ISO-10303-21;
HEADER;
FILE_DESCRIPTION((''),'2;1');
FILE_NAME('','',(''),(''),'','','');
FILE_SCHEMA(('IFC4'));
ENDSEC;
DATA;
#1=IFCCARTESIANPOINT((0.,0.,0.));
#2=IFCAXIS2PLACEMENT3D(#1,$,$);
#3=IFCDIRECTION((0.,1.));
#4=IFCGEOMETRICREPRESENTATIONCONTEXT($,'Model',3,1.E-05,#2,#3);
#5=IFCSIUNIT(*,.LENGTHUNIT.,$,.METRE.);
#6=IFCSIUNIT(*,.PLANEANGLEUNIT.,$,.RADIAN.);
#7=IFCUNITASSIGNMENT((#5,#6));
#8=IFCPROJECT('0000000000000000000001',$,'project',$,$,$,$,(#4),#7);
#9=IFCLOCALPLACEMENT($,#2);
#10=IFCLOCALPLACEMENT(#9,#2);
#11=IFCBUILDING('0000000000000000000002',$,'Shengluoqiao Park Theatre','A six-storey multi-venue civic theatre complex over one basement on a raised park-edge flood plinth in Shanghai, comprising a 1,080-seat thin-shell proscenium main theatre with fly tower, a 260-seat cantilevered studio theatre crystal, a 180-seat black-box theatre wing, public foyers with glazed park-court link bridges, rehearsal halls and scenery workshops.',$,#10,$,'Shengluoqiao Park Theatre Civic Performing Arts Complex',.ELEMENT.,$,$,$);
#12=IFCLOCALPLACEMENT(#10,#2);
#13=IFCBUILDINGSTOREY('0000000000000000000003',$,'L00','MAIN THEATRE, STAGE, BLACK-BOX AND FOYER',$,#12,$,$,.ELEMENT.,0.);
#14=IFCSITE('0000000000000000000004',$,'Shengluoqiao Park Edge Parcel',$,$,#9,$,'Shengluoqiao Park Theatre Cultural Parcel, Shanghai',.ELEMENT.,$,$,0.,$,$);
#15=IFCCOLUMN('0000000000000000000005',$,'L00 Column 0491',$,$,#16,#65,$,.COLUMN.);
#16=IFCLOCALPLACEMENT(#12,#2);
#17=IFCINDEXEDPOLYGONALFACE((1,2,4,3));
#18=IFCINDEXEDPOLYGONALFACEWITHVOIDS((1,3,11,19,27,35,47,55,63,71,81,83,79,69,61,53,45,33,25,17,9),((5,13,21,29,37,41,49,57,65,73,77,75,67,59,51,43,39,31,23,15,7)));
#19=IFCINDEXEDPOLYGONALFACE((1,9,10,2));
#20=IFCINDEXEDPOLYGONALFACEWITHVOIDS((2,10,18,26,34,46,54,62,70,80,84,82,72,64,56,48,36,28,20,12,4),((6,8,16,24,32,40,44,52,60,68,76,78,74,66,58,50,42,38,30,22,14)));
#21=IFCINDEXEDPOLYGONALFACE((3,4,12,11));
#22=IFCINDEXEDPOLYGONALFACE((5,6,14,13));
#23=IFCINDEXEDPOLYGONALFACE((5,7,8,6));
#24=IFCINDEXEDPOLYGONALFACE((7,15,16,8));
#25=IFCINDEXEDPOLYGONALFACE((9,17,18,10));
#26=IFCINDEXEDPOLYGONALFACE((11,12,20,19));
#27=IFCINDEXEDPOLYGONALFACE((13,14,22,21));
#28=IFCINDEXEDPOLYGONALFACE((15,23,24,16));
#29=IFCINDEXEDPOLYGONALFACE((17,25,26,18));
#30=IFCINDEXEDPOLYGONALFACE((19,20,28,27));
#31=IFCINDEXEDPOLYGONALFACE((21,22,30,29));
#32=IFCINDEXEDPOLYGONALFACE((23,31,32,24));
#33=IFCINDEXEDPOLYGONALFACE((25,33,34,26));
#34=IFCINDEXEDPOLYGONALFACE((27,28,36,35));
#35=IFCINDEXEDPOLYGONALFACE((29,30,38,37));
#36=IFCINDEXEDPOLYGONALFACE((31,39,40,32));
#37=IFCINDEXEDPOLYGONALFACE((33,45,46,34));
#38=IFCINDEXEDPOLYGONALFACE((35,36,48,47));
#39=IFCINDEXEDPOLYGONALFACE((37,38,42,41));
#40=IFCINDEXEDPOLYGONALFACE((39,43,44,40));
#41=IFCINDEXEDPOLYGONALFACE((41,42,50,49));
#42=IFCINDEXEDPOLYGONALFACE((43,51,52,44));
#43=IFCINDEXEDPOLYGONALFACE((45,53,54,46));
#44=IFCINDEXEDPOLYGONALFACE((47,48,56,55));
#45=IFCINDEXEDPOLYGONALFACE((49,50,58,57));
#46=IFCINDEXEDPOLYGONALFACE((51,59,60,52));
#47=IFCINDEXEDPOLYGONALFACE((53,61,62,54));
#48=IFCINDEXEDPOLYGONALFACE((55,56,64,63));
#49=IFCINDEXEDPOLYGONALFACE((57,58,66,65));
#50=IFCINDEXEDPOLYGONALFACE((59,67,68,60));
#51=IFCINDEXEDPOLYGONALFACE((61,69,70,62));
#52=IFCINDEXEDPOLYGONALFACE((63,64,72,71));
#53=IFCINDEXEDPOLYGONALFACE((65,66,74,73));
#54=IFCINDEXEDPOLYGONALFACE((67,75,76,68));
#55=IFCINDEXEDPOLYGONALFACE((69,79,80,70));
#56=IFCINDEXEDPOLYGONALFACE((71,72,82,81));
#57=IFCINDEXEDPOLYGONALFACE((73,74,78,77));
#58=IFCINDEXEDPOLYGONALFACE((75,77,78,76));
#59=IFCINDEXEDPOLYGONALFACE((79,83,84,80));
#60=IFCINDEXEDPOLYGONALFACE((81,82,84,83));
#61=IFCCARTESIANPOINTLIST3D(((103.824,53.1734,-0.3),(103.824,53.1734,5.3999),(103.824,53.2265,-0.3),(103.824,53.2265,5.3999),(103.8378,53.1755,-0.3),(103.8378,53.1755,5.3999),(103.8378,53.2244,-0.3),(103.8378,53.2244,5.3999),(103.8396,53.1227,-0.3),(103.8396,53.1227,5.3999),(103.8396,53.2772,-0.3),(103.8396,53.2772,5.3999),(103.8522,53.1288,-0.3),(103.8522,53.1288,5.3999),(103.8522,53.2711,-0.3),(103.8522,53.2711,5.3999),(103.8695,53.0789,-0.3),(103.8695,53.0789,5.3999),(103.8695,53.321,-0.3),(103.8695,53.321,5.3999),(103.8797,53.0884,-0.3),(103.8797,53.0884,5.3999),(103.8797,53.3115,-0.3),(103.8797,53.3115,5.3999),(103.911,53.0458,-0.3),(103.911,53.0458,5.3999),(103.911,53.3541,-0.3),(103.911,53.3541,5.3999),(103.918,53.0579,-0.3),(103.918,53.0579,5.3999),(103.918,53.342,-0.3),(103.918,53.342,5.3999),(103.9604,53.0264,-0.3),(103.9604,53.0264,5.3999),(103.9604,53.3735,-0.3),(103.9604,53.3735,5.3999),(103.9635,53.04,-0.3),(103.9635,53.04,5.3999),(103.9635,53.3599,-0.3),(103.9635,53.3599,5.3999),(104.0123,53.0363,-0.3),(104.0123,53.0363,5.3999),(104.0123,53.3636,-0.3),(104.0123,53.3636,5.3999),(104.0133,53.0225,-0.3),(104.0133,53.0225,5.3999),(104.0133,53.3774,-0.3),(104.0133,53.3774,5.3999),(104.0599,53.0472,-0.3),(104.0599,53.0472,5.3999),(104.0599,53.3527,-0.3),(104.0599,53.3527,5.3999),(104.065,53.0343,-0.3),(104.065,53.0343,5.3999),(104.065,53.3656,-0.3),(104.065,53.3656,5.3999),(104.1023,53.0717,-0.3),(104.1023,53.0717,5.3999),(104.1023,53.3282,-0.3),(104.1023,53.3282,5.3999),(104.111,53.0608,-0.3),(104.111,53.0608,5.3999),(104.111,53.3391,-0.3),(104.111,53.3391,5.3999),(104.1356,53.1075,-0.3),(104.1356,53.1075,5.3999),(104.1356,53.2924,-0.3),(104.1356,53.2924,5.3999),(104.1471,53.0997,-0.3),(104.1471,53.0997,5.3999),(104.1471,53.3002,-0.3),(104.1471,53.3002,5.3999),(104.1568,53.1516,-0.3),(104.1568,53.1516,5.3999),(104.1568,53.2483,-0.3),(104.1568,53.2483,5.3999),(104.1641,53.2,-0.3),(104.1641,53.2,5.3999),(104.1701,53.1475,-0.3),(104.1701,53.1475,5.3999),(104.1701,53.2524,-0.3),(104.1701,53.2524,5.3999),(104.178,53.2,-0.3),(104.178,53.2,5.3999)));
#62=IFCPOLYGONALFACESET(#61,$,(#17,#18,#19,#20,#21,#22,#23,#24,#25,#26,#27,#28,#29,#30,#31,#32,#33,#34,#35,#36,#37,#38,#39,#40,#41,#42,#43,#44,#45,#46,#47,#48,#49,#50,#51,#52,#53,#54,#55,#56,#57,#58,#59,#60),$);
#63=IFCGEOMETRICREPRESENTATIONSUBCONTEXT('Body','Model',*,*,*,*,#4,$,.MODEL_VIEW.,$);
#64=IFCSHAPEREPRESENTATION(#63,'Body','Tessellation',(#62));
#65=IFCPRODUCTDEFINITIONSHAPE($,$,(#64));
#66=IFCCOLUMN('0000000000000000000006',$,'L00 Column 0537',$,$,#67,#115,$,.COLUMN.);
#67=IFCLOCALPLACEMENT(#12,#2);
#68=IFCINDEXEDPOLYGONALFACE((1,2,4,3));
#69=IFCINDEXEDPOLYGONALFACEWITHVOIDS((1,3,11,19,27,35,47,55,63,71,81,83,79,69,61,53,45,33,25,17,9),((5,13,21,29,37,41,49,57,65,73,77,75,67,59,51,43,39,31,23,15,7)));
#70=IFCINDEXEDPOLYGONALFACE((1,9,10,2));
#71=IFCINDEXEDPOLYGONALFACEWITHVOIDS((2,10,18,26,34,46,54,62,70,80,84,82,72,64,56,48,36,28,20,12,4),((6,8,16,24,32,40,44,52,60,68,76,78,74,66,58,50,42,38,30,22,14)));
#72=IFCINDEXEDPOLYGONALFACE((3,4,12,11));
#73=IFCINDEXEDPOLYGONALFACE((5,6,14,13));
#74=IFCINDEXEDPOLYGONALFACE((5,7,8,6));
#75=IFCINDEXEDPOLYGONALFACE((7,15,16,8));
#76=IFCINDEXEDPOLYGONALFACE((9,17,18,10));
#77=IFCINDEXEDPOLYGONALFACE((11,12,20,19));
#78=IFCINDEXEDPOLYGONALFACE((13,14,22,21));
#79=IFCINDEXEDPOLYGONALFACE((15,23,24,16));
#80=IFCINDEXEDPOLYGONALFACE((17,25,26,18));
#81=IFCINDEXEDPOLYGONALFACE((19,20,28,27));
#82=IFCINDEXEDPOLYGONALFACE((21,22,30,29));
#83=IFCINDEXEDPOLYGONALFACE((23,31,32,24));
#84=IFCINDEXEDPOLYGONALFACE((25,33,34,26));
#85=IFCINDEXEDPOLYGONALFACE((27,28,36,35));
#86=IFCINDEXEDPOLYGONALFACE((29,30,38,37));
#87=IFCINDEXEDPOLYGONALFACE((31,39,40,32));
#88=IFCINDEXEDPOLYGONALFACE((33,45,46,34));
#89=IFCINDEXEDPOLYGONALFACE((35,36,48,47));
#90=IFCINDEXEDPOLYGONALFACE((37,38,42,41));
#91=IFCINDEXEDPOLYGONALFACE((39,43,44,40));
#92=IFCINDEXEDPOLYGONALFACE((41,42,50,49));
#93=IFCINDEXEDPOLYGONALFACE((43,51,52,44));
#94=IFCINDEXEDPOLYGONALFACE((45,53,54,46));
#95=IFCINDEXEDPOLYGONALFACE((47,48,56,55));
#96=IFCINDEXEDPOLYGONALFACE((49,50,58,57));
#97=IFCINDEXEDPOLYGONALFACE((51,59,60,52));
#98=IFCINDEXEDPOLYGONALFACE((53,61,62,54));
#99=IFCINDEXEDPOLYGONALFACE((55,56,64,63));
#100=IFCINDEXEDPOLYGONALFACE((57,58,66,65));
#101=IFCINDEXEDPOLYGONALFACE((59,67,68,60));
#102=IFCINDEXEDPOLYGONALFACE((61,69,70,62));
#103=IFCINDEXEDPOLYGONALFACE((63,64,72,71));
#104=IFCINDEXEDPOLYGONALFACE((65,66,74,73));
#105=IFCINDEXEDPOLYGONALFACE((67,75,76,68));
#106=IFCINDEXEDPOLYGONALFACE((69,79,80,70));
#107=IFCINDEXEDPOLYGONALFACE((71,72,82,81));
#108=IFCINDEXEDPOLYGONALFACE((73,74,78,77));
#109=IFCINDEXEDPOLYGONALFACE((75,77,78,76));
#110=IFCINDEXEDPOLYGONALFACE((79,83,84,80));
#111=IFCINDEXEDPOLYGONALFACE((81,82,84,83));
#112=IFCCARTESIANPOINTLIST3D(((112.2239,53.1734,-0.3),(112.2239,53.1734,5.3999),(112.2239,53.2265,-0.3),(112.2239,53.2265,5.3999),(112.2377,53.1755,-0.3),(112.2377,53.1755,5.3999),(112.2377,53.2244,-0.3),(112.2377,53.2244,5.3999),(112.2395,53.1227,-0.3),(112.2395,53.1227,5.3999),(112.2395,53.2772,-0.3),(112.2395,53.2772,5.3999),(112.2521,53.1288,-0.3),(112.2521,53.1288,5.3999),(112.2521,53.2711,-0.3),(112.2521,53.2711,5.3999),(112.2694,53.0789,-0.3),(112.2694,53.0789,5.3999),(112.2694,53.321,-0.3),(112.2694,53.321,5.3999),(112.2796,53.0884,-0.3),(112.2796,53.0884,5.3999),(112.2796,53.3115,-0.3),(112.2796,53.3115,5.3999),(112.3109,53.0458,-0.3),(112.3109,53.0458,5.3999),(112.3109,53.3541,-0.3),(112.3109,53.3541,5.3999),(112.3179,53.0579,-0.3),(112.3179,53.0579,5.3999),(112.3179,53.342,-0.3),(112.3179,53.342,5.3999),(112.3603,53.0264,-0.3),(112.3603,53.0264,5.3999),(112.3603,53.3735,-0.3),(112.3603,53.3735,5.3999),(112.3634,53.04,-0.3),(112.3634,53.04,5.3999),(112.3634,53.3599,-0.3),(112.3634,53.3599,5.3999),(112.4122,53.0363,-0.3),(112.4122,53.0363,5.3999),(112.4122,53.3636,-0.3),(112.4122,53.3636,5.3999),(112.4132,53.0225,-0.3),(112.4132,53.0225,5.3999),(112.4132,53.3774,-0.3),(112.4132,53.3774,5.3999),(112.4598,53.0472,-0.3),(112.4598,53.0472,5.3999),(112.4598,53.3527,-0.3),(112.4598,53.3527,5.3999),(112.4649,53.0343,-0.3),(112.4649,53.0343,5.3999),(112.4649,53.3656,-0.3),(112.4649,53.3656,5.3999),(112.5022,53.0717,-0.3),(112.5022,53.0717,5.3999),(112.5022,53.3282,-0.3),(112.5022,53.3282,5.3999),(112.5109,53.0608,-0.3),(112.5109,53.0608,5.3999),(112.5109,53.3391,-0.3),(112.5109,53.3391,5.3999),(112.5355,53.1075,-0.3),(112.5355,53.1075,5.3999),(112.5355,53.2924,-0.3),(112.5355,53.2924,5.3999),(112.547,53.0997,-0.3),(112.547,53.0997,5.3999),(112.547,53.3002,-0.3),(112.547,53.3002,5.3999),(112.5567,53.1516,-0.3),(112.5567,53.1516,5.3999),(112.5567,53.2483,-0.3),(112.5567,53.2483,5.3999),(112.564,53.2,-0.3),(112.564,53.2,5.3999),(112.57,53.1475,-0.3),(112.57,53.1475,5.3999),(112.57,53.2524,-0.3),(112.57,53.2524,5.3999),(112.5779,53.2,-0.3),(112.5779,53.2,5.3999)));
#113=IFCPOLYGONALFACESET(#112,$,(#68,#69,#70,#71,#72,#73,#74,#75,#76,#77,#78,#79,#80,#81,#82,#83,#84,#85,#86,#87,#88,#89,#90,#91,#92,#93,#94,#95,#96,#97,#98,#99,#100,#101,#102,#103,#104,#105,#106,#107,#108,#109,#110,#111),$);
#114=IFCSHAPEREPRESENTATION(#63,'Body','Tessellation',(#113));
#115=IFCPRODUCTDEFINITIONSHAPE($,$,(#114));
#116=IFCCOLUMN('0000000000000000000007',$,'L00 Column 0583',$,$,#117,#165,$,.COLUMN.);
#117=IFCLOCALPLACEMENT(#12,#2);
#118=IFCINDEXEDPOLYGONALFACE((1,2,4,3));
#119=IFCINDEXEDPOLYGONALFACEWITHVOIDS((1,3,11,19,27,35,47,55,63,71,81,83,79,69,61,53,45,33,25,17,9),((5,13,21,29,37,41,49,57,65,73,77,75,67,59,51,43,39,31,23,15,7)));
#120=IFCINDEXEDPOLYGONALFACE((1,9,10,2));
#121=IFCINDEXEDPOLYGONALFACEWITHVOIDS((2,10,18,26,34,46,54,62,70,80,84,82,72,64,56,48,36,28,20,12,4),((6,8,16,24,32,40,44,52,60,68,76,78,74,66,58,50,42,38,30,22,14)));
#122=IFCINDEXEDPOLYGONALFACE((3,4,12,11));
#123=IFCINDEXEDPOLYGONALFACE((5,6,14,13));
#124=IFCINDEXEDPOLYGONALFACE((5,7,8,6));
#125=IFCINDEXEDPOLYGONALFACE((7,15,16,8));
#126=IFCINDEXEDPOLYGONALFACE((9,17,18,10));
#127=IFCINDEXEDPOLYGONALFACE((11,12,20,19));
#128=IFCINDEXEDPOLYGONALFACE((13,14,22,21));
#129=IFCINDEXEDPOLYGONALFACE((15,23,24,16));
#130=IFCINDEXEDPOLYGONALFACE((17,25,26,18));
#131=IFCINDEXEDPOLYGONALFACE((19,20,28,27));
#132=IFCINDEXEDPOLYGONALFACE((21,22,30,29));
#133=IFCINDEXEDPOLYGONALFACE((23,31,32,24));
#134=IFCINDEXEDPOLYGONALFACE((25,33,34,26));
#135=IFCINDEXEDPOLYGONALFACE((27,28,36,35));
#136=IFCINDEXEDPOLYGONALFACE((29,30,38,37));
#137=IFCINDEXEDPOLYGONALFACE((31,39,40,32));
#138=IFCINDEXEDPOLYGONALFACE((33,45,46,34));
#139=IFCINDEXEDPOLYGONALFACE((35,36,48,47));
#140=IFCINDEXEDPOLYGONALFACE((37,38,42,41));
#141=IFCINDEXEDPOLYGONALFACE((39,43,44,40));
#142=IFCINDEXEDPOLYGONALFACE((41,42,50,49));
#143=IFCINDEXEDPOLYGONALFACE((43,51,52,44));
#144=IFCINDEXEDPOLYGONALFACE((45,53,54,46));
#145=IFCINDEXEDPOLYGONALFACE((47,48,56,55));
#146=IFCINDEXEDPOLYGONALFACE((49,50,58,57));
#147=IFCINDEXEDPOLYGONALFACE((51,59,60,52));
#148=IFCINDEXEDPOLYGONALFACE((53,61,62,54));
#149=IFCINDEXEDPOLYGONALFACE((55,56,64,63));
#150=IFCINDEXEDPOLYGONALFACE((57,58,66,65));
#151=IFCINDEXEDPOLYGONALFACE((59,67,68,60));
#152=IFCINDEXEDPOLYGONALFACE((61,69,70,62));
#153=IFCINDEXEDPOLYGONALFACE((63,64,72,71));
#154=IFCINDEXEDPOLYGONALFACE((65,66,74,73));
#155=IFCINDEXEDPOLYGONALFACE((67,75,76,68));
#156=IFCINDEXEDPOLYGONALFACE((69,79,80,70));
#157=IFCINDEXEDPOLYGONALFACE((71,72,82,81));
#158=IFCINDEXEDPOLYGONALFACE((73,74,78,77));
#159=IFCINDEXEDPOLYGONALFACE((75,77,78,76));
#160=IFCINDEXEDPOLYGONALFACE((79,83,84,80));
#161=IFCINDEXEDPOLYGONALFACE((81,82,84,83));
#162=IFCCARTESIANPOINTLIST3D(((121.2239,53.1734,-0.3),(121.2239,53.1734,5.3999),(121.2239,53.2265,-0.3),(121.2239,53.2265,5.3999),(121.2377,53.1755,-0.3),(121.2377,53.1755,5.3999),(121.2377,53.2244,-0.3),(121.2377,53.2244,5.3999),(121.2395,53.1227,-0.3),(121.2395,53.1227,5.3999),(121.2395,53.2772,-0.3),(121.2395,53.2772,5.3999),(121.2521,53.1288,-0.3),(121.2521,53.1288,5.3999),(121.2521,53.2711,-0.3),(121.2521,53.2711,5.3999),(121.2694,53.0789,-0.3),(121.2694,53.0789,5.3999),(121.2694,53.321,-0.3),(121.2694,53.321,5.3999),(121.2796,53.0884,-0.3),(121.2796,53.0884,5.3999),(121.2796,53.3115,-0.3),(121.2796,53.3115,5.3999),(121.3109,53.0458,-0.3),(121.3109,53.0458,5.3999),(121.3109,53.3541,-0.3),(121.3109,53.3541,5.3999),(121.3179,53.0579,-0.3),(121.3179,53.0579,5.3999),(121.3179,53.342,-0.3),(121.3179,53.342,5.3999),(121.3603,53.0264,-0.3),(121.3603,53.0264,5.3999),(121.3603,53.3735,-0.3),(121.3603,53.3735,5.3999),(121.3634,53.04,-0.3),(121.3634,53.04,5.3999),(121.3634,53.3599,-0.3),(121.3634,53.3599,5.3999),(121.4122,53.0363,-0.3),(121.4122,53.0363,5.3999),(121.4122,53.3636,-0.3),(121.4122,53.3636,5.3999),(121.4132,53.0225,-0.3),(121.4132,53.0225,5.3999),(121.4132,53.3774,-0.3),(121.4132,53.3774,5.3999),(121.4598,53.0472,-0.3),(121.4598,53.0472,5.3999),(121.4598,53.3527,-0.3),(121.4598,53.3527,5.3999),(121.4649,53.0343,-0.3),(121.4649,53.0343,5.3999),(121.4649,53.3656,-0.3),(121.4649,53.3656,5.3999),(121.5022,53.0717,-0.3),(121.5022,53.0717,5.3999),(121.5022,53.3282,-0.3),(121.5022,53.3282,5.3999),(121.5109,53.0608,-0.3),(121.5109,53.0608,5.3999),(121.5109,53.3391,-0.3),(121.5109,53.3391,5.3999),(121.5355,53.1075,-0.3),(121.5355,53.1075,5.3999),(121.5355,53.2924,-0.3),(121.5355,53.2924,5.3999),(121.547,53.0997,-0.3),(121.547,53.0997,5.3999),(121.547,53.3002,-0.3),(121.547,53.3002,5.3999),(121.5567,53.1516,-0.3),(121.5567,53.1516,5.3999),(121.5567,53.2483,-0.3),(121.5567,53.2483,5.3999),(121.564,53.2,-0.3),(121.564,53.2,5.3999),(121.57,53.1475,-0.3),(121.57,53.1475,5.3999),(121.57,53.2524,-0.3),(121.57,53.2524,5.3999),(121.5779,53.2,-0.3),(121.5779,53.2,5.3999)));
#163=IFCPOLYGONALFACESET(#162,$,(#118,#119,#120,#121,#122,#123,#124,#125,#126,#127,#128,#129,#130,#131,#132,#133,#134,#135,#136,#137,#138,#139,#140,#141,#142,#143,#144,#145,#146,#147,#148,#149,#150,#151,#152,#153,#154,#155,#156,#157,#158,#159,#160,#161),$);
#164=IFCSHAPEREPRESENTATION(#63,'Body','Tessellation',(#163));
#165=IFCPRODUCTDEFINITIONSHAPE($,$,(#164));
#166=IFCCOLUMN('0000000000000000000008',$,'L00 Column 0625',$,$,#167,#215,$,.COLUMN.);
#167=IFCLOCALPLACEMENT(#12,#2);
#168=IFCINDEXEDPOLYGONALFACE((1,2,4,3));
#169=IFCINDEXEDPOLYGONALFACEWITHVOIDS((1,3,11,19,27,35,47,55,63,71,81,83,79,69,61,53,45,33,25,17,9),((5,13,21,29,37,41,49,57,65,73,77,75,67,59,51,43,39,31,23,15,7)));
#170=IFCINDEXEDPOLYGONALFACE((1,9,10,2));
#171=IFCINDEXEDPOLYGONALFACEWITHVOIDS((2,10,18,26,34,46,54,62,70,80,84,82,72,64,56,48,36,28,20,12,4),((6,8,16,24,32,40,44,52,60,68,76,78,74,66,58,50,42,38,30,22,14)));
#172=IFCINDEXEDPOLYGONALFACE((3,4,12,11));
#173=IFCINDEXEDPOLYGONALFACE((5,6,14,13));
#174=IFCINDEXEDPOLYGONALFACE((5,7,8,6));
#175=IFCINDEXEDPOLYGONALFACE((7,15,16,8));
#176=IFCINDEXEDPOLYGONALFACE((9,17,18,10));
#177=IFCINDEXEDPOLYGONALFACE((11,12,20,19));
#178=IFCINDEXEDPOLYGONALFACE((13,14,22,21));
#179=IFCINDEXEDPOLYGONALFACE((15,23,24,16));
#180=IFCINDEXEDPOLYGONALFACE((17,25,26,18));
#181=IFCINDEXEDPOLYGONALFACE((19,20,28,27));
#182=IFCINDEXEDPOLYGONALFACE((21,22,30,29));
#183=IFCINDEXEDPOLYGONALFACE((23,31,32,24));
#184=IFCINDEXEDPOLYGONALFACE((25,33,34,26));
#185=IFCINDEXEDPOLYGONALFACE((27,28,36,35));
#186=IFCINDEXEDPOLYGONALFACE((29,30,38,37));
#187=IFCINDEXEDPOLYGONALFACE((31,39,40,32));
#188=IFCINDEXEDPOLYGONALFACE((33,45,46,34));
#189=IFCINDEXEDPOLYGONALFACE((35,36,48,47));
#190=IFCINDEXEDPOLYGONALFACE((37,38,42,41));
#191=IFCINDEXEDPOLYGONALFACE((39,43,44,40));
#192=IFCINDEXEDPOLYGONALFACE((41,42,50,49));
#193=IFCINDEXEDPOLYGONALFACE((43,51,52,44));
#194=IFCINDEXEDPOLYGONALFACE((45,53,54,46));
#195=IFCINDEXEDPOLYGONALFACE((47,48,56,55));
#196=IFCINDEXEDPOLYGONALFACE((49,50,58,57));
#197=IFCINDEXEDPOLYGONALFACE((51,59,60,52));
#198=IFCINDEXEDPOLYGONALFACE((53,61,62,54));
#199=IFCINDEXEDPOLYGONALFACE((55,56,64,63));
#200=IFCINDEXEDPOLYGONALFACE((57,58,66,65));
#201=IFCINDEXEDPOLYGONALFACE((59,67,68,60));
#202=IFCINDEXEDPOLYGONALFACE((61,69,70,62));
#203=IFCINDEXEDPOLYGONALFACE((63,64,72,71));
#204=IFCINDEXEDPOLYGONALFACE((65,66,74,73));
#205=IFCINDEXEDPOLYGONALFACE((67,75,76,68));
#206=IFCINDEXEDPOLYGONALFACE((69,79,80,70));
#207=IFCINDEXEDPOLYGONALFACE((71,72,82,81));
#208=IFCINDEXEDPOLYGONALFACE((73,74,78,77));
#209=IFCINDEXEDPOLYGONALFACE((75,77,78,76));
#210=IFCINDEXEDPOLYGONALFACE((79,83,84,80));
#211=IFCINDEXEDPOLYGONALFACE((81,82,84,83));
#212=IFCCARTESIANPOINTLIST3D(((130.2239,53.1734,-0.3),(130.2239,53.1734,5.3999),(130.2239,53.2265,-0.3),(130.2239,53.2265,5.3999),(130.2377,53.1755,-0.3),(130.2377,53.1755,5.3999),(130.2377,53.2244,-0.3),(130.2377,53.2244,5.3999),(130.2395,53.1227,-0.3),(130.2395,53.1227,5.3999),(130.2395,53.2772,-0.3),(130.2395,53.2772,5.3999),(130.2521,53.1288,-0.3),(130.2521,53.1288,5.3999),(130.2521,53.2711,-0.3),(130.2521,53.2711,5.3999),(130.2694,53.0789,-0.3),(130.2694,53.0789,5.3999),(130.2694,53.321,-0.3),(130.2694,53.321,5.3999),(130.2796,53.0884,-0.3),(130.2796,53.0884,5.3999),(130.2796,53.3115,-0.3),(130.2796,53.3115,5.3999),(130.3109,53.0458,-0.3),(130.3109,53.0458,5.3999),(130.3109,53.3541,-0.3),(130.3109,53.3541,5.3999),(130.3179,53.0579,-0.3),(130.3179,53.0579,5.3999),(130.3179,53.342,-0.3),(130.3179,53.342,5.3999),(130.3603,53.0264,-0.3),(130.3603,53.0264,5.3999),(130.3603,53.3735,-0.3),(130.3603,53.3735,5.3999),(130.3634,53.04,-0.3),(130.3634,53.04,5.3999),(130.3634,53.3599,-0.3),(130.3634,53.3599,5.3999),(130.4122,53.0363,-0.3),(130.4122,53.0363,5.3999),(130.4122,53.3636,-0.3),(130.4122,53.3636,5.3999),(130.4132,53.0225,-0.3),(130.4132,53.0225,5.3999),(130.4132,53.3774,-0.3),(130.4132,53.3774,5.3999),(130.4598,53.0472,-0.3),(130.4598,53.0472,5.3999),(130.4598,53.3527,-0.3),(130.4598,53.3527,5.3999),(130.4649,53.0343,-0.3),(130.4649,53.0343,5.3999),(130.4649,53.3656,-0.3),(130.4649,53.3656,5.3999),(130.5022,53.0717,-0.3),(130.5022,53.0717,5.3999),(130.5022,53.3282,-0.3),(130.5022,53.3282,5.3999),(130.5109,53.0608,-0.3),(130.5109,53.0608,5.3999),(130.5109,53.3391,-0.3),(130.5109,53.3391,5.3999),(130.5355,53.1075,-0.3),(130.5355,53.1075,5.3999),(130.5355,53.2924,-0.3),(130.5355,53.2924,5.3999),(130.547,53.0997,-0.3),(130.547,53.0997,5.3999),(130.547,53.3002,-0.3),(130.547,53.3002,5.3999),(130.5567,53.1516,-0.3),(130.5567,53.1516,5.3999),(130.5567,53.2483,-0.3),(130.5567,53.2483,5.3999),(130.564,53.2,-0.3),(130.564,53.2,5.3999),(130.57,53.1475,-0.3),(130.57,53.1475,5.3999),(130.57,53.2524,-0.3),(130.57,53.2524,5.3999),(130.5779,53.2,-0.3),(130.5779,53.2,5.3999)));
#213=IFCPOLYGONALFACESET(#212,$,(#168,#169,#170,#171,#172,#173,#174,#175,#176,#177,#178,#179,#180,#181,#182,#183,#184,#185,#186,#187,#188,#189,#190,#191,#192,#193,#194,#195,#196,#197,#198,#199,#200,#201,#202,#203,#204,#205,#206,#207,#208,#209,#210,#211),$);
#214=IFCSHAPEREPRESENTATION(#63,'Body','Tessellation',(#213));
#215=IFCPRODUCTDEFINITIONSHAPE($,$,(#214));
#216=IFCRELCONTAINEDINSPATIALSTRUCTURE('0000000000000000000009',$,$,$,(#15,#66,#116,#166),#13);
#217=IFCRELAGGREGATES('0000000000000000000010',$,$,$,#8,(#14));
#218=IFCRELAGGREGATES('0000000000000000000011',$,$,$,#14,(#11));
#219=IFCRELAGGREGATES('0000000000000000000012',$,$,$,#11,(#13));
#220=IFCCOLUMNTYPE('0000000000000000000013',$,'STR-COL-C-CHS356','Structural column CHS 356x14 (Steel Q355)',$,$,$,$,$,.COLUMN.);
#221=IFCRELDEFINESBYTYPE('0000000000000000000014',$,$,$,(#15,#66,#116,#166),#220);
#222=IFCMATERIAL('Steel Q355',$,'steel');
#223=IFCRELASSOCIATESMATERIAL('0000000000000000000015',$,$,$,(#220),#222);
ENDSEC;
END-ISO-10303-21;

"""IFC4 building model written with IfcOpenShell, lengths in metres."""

from ifc_helpers import new_model, si_unit, direction, frame, origin, origin_2d, place, context, subcontext, project, spatial, hollow_circle, extrude, material, material_profile, profile_set, type_object, element, save


model = new_model("IFC4")

# Units and contexts
model_context = context("Model", 3, precision=1e-05, world=origin(), true_north=direction((0.0, 1.0)))
body_context = subcontext(model_context, "Body", "Model", "MODEL_VIEW")
ifc_project = project(units=[si_unit("LENGTHUNIT", "METRE"), si_unit("PLANEANGLEUNIT", "RADIAN")], contexts=[model_context])

# Site, building, storey
site_placement = place(None, origin())
site = spatial("IfcSite", under=ifc_project, at=site_placement, Name="Shengluoqiao Park Edge Parcel", LongName="Shengluoqiao Park Theatre Cultural Parcel, Shanghai", CompositionType="ELEMENT", RefElevation=0.0)
building_placement = place(site_placement, origin())
building = spatial("IfcBuilding", under=site, at=building_placement, Name="Shengluoqiao Park Theatre", Description="A six-storey multi-venue civic theatre complex over one basement on a raised park-edge flood plinth in Shanghai, comprising a 1,080-seat thin-shell proscenium main theatre with fly tower, a 260-seat cantilevered studio theatre crystal, a 180-seat black-box theatre wing, public foyers with glazed park-court link bridges, rehearsal halls and scenery workshops.", LongName="Shengluoqiao Park Theatre Civic Performing Arts Complex", CompositionType="ELEMENT")
storey_placement = place(building_placement, origin())
storey = spatial("IfcBuildingStorey", under=building, at=storey_placement, Name="L00", Description="MAIN THEATRE, STAGE, BLACK-BOX AND FOYER", CompositionType="ELEMENT", Elevation=0.0)

# Columns
ifc_material_1 = material(Name="Steel Q355", Category="steel")
ifc_material_profile_1 = material_profile(ifc_material_1, hollow_circle(Radius=0.178, WallThickness=0.0139, at=origin_2d()), Name="CHS 356x14")
ifc_profile_set_1 = profile_set([ifc_material_profile_1], Name="Steel Q355")
column_type_1 = type_object("IfcColumnType", Name="STR-COL-C-CHS356", Description="Structural column CHS 356x14 (Steel Q355)", PredefinedType="COLUMN", material=ifc_profile_set_1)
for number, where, z_axis, x_axis, name in (
    (1, (104.0, 53.2, -0.3), (0.0, 0.0, 1.0), (1.0, 0.0, 0.0), "L00 Column 0491"),
    (2, (112.3999, 53.2, -0.3), (0.0, 0.0, 1.0), (1.0, 0.0, 0.0), "L00 Column 0537"),
    (3, (121.3999, 53.2, -0.3), (0.0, 0.0, 1.0), (1.0, 0.0, 0.0), "L00 Column 0583"),
    (4, (130.3999, 53.2, -0.3), (0.0, 0.0, 1.0), (1.0, 0.0, 0.0), "L00 Column 0625"),
):
    element("IfcColumn", number, at=place(storey_placement, frame(where, z_axis=z_axis, x_axis=x_axis)), inside=storey, type_object=column_type_1, Name=name, PredefinedType="COLUMN", context=body_context, shape_type="SweptSolid", body=[
        extrude(hollow_circle(Radius=0.178, WallThickness=0.0139, at=origin_2d()), origin(), (0.0, 0.0, 1.0), 5.7),
    ])

save(model, "model.ifc")
